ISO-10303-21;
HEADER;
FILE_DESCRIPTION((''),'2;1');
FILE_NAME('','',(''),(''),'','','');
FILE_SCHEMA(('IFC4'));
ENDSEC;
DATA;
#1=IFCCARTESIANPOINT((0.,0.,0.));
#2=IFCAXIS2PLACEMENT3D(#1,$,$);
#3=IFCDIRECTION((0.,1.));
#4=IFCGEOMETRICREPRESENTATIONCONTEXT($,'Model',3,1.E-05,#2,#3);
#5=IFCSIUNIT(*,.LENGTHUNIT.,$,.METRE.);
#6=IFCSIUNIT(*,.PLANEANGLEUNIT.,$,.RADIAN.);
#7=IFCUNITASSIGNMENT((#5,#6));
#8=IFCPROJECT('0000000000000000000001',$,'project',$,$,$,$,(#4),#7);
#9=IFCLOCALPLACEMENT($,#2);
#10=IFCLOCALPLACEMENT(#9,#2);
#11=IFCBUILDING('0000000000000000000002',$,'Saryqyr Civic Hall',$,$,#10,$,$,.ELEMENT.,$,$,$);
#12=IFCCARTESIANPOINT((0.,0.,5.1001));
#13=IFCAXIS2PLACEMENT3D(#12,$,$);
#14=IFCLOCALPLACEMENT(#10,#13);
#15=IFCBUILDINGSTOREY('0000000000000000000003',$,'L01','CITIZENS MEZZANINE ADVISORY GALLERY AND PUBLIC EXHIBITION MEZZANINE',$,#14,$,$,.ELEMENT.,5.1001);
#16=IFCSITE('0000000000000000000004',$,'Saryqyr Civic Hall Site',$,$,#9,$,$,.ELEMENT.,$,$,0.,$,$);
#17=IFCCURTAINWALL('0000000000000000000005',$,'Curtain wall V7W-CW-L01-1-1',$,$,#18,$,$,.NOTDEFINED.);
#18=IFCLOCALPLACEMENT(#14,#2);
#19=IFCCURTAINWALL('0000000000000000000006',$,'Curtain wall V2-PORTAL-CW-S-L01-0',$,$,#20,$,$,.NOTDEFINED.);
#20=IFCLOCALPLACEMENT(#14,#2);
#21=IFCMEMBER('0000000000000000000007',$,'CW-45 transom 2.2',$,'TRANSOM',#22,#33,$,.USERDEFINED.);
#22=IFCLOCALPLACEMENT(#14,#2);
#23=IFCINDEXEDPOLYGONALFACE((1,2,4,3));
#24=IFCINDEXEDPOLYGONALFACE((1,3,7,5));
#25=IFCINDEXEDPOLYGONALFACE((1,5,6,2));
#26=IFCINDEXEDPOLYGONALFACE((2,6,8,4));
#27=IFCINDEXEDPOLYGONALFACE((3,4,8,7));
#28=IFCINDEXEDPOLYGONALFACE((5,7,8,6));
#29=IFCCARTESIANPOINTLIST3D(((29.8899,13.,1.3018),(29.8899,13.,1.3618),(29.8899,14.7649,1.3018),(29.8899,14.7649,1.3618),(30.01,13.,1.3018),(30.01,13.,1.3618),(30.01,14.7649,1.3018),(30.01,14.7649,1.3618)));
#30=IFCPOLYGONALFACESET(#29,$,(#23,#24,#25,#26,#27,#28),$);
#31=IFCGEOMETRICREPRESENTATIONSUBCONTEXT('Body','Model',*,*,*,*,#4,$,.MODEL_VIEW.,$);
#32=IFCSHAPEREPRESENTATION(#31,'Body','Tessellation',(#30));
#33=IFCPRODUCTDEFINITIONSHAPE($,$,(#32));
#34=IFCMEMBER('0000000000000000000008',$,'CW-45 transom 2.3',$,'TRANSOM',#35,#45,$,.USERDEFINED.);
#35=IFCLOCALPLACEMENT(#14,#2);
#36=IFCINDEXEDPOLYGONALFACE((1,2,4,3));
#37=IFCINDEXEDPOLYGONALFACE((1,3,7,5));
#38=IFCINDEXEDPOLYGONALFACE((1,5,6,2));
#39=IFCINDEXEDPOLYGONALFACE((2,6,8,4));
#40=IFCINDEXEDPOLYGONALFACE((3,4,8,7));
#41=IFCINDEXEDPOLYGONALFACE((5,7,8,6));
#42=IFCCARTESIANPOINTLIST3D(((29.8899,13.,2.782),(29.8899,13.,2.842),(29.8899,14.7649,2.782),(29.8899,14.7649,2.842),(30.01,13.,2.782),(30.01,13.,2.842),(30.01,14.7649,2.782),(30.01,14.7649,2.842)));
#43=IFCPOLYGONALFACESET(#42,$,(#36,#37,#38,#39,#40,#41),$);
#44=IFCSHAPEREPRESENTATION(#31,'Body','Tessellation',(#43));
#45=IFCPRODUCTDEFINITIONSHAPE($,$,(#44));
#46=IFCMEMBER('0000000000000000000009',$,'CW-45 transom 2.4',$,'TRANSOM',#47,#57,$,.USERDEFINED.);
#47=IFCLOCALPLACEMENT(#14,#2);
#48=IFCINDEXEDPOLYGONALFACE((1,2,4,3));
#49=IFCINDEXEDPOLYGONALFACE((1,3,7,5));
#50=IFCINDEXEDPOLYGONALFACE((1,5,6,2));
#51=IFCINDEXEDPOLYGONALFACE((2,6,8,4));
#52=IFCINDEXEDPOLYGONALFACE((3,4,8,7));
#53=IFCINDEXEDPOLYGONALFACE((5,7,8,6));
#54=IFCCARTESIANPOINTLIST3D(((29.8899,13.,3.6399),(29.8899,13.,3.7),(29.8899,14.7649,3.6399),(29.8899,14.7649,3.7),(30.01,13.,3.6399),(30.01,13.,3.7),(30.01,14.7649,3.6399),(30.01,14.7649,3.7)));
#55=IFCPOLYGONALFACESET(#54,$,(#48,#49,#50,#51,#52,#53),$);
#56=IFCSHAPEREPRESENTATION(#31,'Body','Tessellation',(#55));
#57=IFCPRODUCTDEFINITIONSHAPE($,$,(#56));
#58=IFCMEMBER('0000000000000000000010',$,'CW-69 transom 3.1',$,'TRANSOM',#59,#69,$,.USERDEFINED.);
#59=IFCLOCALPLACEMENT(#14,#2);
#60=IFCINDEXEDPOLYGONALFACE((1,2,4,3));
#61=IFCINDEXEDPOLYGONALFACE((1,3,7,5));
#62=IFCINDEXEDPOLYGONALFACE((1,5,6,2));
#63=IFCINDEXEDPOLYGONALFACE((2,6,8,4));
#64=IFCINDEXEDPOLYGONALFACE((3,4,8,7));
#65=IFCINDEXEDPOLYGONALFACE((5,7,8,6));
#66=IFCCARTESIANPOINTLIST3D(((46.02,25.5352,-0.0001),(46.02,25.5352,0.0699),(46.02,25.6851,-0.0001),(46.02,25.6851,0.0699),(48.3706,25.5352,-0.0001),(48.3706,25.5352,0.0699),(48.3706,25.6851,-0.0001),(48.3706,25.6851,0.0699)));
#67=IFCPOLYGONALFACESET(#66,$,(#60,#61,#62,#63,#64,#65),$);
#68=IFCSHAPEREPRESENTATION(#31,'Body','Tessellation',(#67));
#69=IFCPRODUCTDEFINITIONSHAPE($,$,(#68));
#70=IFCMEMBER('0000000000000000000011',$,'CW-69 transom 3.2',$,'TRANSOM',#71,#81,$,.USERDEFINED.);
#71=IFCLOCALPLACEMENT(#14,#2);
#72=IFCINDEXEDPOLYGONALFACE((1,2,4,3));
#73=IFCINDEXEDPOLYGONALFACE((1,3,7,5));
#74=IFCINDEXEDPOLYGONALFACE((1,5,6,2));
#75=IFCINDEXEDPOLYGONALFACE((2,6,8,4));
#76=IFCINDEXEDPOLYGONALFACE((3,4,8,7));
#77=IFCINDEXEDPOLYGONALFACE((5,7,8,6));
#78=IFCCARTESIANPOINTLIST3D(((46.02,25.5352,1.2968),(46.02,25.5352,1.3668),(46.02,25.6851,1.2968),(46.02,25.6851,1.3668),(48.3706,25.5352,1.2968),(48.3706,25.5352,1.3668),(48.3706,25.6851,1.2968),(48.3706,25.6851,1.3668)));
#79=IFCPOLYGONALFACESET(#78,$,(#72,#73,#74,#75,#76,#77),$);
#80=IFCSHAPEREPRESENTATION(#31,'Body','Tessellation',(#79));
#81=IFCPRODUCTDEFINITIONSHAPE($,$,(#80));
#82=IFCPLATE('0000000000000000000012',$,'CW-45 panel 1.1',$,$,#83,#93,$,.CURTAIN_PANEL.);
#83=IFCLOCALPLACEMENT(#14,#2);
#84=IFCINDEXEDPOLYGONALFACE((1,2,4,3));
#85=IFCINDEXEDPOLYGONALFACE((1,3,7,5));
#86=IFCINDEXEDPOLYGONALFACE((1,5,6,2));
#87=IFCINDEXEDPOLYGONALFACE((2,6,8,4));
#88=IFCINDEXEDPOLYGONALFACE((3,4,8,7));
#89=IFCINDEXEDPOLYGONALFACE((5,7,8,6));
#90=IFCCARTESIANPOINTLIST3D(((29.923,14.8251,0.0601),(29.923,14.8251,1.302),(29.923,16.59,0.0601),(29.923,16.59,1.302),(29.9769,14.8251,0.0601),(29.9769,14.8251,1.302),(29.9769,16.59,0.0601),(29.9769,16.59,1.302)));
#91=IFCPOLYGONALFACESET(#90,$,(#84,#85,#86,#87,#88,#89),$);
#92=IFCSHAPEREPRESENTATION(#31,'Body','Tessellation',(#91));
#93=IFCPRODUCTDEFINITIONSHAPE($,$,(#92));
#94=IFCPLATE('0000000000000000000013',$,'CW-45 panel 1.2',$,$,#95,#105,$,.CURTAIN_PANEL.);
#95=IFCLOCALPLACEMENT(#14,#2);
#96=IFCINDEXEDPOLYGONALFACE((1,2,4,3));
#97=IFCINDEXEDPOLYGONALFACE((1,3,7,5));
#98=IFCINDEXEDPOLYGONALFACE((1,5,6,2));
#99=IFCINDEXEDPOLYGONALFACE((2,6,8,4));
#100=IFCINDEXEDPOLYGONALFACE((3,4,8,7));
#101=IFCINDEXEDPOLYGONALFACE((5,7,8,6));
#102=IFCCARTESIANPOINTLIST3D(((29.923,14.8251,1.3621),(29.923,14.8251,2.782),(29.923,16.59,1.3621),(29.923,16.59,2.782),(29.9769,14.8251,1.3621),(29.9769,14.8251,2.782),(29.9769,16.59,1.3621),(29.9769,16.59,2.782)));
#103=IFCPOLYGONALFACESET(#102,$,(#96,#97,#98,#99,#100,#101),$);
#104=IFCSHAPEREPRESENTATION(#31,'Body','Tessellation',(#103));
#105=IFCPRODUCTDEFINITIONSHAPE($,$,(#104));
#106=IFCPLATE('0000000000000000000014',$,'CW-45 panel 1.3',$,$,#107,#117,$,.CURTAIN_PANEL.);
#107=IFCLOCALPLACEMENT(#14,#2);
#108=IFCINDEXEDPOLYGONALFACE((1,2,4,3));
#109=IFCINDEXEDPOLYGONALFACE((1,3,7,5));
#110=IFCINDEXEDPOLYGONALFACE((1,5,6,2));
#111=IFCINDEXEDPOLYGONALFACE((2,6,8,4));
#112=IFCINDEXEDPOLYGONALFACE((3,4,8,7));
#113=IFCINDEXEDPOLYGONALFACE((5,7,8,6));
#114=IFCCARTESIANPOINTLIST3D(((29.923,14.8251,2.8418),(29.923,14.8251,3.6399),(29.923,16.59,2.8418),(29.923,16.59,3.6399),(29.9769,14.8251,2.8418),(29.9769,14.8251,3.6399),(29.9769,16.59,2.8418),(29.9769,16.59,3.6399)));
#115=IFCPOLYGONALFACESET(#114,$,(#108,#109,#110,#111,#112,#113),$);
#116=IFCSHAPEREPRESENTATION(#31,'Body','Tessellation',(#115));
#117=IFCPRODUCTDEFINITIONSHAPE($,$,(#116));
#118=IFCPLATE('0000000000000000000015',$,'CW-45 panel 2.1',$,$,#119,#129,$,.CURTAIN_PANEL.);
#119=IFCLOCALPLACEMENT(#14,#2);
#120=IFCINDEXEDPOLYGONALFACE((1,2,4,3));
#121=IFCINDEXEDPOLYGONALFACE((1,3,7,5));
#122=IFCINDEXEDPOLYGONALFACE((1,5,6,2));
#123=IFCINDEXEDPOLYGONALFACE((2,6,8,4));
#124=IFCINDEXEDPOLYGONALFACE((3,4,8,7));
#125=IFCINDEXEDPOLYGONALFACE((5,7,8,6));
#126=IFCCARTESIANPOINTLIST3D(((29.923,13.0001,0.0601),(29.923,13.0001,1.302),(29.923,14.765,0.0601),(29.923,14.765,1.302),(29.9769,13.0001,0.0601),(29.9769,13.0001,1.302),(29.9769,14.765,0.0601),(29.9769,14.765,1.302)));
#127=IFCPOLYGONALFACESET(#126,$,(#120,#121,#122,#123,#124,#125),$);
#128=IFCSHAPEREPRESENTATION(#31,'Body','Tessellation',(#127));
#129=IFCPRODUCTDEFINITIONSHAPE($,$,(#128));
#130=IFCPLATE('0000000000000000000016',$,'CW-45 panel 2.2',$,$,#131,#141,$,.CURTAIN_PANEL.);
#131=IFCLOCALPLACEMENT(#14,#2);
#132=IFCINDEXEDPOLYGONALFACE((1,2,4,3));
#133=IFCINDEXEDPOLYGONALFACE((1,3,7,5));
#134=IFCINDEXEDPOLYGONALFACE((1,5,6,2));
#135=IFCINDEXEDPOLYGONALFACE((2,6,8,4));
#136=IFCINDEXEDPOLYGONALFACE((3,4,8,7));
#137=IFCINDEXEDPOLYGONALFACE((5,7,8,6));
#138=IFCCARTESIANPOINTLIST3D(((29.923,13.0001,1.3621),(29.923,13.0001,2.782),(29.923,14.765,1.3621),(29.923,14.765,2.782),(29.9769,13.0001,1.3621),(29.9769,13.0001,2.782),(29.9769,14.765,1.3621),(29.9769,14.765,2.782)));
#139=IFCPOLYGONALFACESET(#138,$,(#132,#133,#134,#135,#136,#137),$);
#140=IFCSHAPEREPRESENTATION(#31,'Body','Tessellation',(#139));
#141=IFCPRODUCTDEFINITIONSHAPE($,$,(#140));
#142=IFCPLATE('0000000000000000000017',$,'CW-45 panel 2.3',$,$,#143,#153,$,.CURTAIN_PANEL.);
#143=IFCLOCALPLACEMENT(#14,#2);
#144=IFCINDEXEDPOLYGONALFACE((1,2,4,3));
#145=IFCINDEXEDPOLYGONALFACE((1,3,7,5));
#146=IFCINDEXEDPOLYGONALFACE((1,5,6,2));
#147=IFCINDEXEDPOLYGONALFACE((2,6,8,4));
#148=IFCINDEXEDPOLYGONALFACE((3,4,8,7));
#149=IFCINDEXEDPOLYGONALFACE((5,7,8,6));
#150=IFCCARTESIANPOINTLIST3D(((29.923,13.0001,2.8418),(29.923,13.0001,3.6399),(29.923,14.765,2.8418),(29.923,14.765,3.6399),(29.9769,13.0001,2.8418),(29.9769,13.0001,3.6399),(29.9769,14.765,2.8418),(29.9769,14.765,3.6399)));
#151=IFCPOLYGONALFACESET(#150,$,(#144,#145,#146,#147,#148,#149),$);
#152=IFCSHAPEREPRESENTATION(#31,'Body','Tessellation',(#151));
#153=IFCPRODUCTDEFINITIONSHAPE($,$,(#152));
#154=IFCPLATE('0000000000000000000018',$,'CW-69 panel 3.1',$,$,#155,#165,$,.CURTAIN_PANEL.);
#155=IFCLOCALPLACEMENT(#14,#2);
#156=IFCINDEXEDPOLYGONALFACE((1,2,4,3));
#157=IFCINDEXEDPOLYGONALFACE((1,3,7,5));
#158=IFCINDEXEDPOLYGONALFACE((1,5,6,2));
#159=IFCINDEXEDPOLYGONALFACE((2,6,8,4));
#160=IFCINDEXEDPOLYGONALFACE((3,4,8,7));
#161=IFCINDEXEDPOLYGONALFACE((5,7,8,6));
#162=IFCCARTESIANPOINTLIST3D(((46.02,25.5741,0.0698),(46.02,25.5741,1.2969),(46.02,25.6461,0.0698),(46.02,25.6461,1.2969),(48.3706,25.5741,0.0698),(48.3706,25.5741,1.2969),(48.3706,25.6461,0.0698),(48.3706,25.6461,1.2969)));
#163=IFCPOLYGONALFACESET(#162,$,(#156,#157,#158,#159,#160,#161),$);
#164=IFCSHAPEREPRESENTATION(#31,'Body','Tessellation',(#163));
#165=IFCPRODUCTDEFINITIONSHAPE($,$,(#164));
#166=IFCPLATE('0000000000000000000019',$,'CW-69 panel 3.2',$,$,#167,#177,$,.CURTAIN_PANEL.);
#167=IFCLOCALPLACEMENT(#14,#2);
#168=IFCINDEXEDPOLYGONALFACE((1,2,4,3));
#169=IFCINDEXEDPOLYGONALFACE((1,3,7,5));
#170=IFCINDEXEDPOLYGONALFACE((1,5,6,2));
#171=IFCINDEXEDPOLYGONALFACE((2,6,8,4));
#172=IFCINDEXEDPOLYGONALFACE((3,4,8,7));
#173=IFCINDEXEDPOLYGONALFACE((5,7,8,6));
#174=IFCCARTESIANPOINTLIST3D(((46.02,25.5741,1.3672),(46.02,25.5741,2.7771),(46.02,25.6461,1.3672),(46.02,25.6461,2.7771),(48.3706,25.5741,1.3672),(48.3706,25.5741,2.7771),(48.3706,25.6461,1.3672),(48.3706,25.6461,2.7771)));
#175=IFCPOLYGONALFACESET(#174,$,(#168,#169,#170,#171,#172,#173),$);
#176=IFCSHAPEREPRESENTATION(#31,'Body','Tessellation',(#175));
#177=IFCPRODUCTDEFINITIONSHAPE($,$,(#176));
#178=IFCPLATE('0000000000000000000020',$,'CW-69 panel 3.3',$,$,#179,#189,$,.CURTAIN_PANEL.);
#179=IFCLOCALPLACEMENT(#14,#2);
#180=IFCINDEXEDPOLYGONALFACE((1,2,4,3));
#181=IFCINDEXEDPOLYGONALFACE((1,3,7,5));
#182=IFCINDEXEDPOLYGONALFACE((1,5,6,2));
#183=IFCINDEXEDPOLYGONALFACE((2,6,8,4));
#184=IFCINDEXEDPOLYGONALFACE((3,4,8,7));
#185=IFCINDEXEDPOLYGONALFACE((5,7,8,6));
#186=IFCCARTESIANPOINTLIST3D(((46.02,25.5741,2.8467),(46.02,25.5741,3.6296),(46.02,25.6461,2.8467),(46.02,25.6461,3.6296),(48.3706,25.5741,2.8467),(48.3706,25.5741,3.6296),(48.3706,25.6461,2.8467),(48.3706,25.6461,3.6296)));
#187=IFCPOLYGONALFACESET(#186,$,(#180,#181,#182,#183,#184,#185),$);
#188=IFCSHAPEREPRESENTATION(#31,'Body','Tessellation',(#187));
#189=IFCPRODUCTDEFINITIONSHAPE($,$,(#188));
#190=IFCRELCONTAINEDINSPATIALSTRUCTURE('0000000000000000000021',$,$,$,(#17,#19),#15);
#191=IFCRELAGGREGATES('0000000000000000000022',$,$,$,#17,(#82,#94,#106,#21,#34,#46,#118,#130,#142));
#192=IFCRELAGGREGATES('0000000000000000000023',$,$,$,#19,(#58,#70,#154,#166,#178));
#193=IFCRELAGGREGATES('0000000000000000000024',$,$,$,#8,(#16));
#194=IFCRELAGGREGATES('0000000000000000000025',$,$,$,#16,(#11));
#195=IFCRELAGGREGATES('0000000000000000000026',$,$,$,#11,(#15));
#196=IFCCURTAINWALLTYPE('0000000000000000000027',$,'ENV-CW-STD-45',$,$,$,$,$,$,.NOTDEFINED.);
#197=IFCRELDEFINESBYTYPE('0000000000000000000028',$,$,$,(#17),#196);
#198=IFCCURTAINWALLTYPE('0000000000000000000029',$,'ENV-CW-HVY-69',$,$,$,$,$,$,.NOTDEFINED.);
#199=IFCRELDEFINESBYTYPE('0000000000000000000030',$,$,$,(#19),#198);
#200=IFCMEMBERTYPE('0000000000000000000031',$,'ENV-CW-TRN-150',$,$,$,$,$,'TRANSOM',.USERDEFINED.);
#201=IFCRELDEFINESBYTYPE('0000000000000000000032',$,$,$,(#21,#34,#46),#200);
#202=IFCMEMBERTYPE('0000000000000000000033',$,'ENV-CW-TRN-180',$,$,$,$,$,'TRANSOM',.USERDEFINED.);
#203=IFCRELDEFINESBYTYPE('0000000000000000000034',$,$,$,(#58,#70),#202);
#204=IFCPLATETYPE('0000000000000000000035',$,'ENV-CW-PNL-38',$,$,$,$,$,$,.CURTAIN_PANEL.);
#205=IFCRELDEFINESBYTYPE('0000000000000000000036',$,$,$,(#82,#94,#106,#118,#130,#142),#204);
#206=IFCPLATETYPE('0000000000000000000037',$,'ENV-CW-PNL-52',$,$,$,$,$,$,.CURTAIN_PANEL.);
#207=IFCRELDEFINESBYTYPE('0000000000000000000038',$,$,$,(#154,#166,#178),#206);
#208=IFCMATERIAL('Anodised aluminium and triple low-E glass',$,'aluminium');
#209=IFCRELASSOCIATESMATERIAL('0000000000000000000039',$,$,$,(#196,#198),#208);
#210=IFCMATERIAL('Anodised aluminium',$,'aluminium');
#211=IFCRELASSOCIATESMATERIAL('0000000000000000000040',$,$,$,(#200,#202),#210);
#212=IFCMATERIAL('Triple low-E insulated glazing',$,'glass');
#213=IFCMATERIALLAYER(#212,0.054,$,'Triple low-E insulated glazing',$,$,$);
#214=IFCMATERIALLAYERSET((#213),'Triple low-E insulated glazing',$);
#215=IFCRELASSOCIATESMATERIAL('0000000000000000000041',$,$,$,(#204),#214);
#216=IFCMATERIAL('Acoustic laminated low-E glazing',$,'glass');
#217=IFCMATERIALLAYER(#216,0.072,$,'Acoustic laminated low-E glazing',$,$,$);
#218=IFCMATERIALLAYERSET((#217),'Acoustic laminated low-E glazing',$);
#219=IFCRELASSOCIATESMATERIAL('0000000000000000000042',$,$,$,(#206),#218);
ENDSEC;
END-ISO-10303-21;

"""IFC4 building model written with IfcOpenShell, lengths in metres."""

from ifc_helpers import new_model, si_unit, direction, frame, origin, origin_2d, place, context, subcontext, project, spatial, rectangle, extrude, material, layer, layer_set, material_profile, profile_set, type_object, element, aggregate, save


model = new_model("IFC4")

# Units and contexts
model_context = context("Model", 3, precision=1e-05, world=origin(), true_north=direction((0.0, 1.0)))
body_context = subcontext(model_context, "Body", "Model", "MODEL_VIEW")
ifc_project = project(units=[si_unit("LENGTHUNIT", "METRE"), si_unit("PLANEANGLEUNIT", "RADIAN")], contexts=[model_context])

# Site, building, storey
site_placement = place(None, origin())
site = spatial("IfcSite", under=ifc_project, at=site_placement, Name="Saryqyr Civic Hall Site", CompositionType="ELEMENT", RefElevation=0.0)
building_placement = place(site_placement, origin())
building = spatial("IfcBuilding", under=site, at=building_placement, Name="Saryqyr Civic Hall", CompositionType="ELEMENT")
storey_placement = place(building_placement, frame((0.0, 0.0, 5.1001)))
storey = spatial("IfcBuildingStorey", under=building, at=storey_placement, Name="L01", Description="CITIZENS MEZZANINE ADVISORY GALLERY AND PUBLIC EXHIBITION MEZZANINE", CompositionType="ELEMENT", Elevation=5.1001)

# Curtain wall
ifc_material_1 = material(Name="Anodised aluminium and triple low-E glass", Category="aluminium")
curtain_wall_type_1 = type_object("IfcCurtainWallType", Name="ENV-CW-STD-45", PredefinedType="NOTDEFINED", material=ifc_material_1)
curtain_wall_1_placement = place(storey_placement, origin())
curtain_wall_1 = element("IfcCurtainWall", 1, at=curtain_wall_1_placement, inside=storey, type_object=curtain_wall_type_1, Name="Curtain wall V7W-CW-L01-1-1", PredefinedType="NOTDEFINED")
ifc_material_2 = material(Name="Anodised aluminium", Category="aluminium")

# Curtain wall
curtain_wall_type_2 = type_object("IfcCurtainWallType", Name="ENV-CW-HVY-69", PredefinedType="NOTDEFINED", material=ifc_material_1)
curtain_wall_2_placement = place(storey_placement, origin())
curtain_wall_2 = element("IfcCurtainWall", 2, at=curtain_wall_2_placement, inside=storey, type_object=curtain_wall_type_2, Name="Curtain wall V2-PORTAL-CW-S-L01-0", PredefinedType="NOTDEFINED")

# Members
ifc_material_profile_1 = material_profile(ifc_material_2, rectangle(XDim=0.1201, YDim=0.0601, at=origin_2d()), Name="ALU TRANSOM 120x60")
ifc_profile_set_1 = profile_set([ifc_material_profile_1], Name="Anodised aluminium")
member_type_1 = type_object("IfcMemberType", Name="ENV-CW-TRN-150", ElementType="TRANSOM", PredefinedType="USERDEFINED", material=ifc_profile_set_1)
member_1_placement = place(storey_placement, frame((29.95, 14.7649, 1.3318), z_axis=(0.0, -1.0, 0.0), x_axis=(1.0, 0.0, 0.0)))
member_1 = element("IfcMember", 3, at=member_1_placement, type_object=member_type_1, Name="CW-45 transom 2.2", ObjectType="TRANSOM", PredefinedType="USERDEFINED", context=body_context, shape_type="SweptSolid", body=[
    extrude(rectangle(XDim=0.1201, YDim=0.0601, at=origin_2d()), origin(), (0.0, 0.0, 1.0), 1.7649),
])
member_2_placement = place(storey_placement, frame((29.95, 14.7649, 2.812), z_axis=(0.0, -1.0, 0.0), x_axis=(1.0, 0.0, 0.0)))
member_2 = element("IfcMember", 4, at=member_2_placement, type_object=member_type_1, Name="CW-45 transom 2.3", ObjectType="TRANSOM", PredefinedType="USERDEFINED", context=body_context, shape_type="SweptSolid", body=[
    extrude(rectangle(XDim=0.1201, YDim=0.0601, at=origin_2d()), origin(), (0.0, 0.0, 1.0), 1.7649),
])
member_3_placement = place(storey_placement, frame((29.95, 14.7649, 3.6699), z_axis=(0.0, -1.0, 0.0), x_axis=(1.0, 0.0, 0.0)))
member_3 = element("IfcMember", 5, at=member_3_placement, type_object=member_type_1, Name="CW-45 transom 2.4", ObjectType="TRANSOM", PredefinedType="USERDEFINED", context=body_context, shape_type="SweptSolid", body=[
    extrude(rectangle(XDim=0.1201, YDim=0.0601, at=origin_2d()), origin(), (0.0, 0.0, 1.0), 1.7649),
])
ifc_material_profile_2 = material_profile(ifc_material_2, rectangle(XDim=0.1499, YDim=0.0701, at=origin_2d()), Name="ALU TRANSOM 150x70")
ifc_profile_set_2 = profile_set([ifc_material_profile_2], Name="Anodised aluminium")
member_type_2 = type_object("IfcMemberType", Name="ENV-CW-TRN-180", ElementType="TRANSOM", PredefinedType="USERDEFINED", material=ifc_profile_set_2)
member_4_placement = place(storey_placement, frame((48.3706, 25.6101, 0.0349), z_axis=(-1.0, 0.0, 0.0), x_axis=(0.0, -1.0, 0.0)))
member_4 = element("IfcMember", 6, at=member_4_placement, type_object=member_type_2, Name="CW-69 transom 3.1", ObjectType="TRANSOM", PredefinedType="USERDEFINED", context=body_context, shape_type="SweptSolid", body=[
    extrude(rectangle(XDim=0.1499, YDim=0.0701, at=origin_2d()), origin(), (0.0, 0.0, 1.0), 2.3506),
])
member_5_placement = place(storey_placement, frame((48.3706, 25.6101, 1.3318), z_axis=(-1.0, 0.0, 0.0), x_axis=(0.0, -1.0, 0.0)))
member_5 = element("IfcMember", 7, at=member_5_placement, type_object=member_type_2, Name="CW-69 transom 3.2", ObjectType="TRANSOM", PredefinedType="USERDEFINED", context=body_context, shape_type="SweptSolid", body=[
    extrude(rectangle(XDim=0.1499, YDim=0.0701, at=origin_2d()), origin(), (0.0, 0.0, 1.0), 2.3506),
])

# Plates
ifc_material_3 = material(Name="Triple low-E insulated glazing", Category="glass")
ifc_layer_1 = layer(ifc_material_3, 0.054, Name="Triple low-E insulated glazing")
ifc_layer_set_1 = layer_set([ifc_layer_1], Name="Triple low-E insulated glazing")
plate_type_1 = type_object("IfcPlateType", Name="ENV-CW-PNL-38", PredefinedType="CURTAIN_PANEL", material=ifc_layer_set_1)
plate_1_placement = place(storey_placement, frame((29.95, 15.7075, 0.0601), z_axis=(0.0, 0.0, 1.0), x_axis=(0.0, -1.0, 0.0)))
plate_1 = element("IfcPlate", 8, at=plate_1_placement, type_object=plate_type_1, Name="CW-45 panel 1.1", PredefinedType="CURTAIN_PANEL", context=body_context, shape_type="SweptSolid", body=[
    extrude(rectangle(XDim=1.7649, YDim=0.054, at=origin_2d()), origin(), (0.0, 0.0, 1.0), 1.2419),
])
plate_2_placement = place(storey_placement, frame((29.95, 15.7075, 1.3621), z_axis=(0.0, 0.0, 1.0), x_axis=(0.0, -1.0, 0.0)))
plate_2 = element("IfcPlate", 9, at=plate_2_placement, type_object=plate_type_1, Name="CW-45 panel 1.2", PredefinedType="CURTAIN_PANEL", context=body_context, shape_type="SweptSolid", body=[
    extrude(rectangle(XDim=1.7649, YDim=0.054, at=origin_2d()), origin(), (0.0, 0.0, 1.0), 1.4199),
])
plate_3_placement = place(storey_placement, frame((29.95, 15.7075, 2.8418), z_axis=(0.0, 0.0, 1.0), x_axis=(0.0, -1.0, 0.0)))
plate_3 = element("IfcPlate", 10, at=plate_3_placement, type_object=plate_type_1, Name="CW-45 panel 1.3", PredefinedType="CURTAIN_PANEL", context=body_context, shape_type="SweptSolid", body=[
    extrude(rectangle(XDim=1.7649, YDim=0.054, at=origin_2d()), origin(), (0.0, 0.0, 1.0), 0.7981),
])
plate_4_placement = place(storey_placement, frame((29.95, 13.8826, 0.0601), z_axis=(0.0, 0.0, 1.0), x_axis=(0.0, -1.0, 0.0)))
plate_4 = element("IfcPlate", 11, at=plate_4_placement, type_object=plate_type_1, Name="CW-45 panel 2.1", PredefinedType="CURTAIN_PANEL", context=body_context, shape_type="SweptSolid", body=[
    extrude(rectangle(XDim=1.7649, YDim=0.054, at=origin_2d()), origin(), (0.0, 0.0, 1.0), 1.2419),
])
plate_5_placement = place(storey_placement, frame((29.95, 13.8826, 1.3621), z_axis=(0.0, 0.0, 1.0), x_axis=(0.0, -1.0, 0.0)))
plate_5 = element("IfcPlate", 12, at=plate_5_placement, type_object=plate_type_1, Name="CW-45 panel 2.2", PredefinedType="CURTAIN_PANEL", context=body_context, shape_type="SweptSolid", body=[
    extrude(rectangle(XDim=1.7649, YDim=0.054, at=origin_2d()), origin(), (0.0, 0.0, 1.0), 1.4199),
])
plate_6_placement = place(storey_placement, frame((29.95, 13.8826, 2.8418), z_axis=(0.0, 0.0, 1.0), x_axis=(0.0, -1.0, 0.0)))
plate_6 = element("IfcPlate", 13, at=plate_6_placement, type_object=plate_type_1, Name="CW-45 panel 2.3", PredefinedType="CURTAIN_PANEL", context=body_context, shape_type="SweptSolid", body=[
    extrude(rectangle(XDim=1.7649, YDim=0.054, at=origin_2d()), origin(), (0.0, 0.0, 1.0), 0.7981),
])
aggregate(curtain_wall_1, [plate_1, plate_2, plate_3, member_1, member_2, member_3, plate_4, plate_5, plate_6])
ifc_material_4 = material(Name="Acoustic laminated low-E glazing", Category="glass")
ifc_layer_2 = layer(ifc_material_4, 0.072, Name="Acoustic laminated low-E glazing")
ifc_layer_set_2 = layer_set([ifc_layer_2], Name="Acoustic laminated low-E glazing")
plate_type_2 = type_object("IfcPlateType", Name="ENV-CW-PNL-52", PredefinedType="CURTAIN_PANEL", material=ifc_layer_set_2)
plate_7_placement = place(storey_placement, frame((47.1953, 25.6101, 0.0698), z_axis=(0.0, 0.0, 1.0), x_axis=(-1.0, 0.0, 0.0)))
plate_7 = element("IfcPlate", 14, at=plate_7_placement, type_object=plate_type_2, Name="CW-69 panel 3.1", PredefinedType="CURTAIN_PANEL", context=body_context, shape_type="SweptSolid", body=[
    extrude(rectangle(XDim=2.3506, YDim=0.072, at=origin_2d()), origin(), (0.0, 0.0, 1.0), 1.2271),
])
plate_8_placement = place(storey_placement, frame((47.1953, 25.6101, 1.3672), z_axis=(0.0, 0.0, 1.0), x_axis=(-1.0, 0.0, 0.0)))
plate_8 = element("IfcPlate", 15, at=plate_8_placement, type_object=plate_type_2, Name="CW-69 panel 3.2", PredefinedType="CURTAIN_PANEL", context=body_context, shape_type="SweptSolid", body=[
    extrude(rectangle(XDim=2.3506, YDim=0.072, at=origin_2d()), origin(), (0.0, 0.0, 1.0), 1.4099),
])
plate_9_placement = place(storey_placement, frame((47.1953, 25.6101, 2.8467), z_axis=(0.0, 0.0, 1.0), x_axis=(-1.0, 0.0, 0.0)))
plate_9 = element("IfcPlate", 16, at=plate_9_placement, type_object=plate_type_2, Name="CW-69 panel 3.3", PredefinedType="CURTAIN_PANEL", context=body_context, shape_type="SweptSolid", body=[
    extrude(rectangle(XDim=2.3506, YDim=0.072, at=origin_2d()), origin(), (0.0, 0.0, 1.0), 0.783),
])
aggregate(curtain_wall_2, [member_4, member_5, plate_7, plate_8, plate_9])

save(model, "model.ifc")
